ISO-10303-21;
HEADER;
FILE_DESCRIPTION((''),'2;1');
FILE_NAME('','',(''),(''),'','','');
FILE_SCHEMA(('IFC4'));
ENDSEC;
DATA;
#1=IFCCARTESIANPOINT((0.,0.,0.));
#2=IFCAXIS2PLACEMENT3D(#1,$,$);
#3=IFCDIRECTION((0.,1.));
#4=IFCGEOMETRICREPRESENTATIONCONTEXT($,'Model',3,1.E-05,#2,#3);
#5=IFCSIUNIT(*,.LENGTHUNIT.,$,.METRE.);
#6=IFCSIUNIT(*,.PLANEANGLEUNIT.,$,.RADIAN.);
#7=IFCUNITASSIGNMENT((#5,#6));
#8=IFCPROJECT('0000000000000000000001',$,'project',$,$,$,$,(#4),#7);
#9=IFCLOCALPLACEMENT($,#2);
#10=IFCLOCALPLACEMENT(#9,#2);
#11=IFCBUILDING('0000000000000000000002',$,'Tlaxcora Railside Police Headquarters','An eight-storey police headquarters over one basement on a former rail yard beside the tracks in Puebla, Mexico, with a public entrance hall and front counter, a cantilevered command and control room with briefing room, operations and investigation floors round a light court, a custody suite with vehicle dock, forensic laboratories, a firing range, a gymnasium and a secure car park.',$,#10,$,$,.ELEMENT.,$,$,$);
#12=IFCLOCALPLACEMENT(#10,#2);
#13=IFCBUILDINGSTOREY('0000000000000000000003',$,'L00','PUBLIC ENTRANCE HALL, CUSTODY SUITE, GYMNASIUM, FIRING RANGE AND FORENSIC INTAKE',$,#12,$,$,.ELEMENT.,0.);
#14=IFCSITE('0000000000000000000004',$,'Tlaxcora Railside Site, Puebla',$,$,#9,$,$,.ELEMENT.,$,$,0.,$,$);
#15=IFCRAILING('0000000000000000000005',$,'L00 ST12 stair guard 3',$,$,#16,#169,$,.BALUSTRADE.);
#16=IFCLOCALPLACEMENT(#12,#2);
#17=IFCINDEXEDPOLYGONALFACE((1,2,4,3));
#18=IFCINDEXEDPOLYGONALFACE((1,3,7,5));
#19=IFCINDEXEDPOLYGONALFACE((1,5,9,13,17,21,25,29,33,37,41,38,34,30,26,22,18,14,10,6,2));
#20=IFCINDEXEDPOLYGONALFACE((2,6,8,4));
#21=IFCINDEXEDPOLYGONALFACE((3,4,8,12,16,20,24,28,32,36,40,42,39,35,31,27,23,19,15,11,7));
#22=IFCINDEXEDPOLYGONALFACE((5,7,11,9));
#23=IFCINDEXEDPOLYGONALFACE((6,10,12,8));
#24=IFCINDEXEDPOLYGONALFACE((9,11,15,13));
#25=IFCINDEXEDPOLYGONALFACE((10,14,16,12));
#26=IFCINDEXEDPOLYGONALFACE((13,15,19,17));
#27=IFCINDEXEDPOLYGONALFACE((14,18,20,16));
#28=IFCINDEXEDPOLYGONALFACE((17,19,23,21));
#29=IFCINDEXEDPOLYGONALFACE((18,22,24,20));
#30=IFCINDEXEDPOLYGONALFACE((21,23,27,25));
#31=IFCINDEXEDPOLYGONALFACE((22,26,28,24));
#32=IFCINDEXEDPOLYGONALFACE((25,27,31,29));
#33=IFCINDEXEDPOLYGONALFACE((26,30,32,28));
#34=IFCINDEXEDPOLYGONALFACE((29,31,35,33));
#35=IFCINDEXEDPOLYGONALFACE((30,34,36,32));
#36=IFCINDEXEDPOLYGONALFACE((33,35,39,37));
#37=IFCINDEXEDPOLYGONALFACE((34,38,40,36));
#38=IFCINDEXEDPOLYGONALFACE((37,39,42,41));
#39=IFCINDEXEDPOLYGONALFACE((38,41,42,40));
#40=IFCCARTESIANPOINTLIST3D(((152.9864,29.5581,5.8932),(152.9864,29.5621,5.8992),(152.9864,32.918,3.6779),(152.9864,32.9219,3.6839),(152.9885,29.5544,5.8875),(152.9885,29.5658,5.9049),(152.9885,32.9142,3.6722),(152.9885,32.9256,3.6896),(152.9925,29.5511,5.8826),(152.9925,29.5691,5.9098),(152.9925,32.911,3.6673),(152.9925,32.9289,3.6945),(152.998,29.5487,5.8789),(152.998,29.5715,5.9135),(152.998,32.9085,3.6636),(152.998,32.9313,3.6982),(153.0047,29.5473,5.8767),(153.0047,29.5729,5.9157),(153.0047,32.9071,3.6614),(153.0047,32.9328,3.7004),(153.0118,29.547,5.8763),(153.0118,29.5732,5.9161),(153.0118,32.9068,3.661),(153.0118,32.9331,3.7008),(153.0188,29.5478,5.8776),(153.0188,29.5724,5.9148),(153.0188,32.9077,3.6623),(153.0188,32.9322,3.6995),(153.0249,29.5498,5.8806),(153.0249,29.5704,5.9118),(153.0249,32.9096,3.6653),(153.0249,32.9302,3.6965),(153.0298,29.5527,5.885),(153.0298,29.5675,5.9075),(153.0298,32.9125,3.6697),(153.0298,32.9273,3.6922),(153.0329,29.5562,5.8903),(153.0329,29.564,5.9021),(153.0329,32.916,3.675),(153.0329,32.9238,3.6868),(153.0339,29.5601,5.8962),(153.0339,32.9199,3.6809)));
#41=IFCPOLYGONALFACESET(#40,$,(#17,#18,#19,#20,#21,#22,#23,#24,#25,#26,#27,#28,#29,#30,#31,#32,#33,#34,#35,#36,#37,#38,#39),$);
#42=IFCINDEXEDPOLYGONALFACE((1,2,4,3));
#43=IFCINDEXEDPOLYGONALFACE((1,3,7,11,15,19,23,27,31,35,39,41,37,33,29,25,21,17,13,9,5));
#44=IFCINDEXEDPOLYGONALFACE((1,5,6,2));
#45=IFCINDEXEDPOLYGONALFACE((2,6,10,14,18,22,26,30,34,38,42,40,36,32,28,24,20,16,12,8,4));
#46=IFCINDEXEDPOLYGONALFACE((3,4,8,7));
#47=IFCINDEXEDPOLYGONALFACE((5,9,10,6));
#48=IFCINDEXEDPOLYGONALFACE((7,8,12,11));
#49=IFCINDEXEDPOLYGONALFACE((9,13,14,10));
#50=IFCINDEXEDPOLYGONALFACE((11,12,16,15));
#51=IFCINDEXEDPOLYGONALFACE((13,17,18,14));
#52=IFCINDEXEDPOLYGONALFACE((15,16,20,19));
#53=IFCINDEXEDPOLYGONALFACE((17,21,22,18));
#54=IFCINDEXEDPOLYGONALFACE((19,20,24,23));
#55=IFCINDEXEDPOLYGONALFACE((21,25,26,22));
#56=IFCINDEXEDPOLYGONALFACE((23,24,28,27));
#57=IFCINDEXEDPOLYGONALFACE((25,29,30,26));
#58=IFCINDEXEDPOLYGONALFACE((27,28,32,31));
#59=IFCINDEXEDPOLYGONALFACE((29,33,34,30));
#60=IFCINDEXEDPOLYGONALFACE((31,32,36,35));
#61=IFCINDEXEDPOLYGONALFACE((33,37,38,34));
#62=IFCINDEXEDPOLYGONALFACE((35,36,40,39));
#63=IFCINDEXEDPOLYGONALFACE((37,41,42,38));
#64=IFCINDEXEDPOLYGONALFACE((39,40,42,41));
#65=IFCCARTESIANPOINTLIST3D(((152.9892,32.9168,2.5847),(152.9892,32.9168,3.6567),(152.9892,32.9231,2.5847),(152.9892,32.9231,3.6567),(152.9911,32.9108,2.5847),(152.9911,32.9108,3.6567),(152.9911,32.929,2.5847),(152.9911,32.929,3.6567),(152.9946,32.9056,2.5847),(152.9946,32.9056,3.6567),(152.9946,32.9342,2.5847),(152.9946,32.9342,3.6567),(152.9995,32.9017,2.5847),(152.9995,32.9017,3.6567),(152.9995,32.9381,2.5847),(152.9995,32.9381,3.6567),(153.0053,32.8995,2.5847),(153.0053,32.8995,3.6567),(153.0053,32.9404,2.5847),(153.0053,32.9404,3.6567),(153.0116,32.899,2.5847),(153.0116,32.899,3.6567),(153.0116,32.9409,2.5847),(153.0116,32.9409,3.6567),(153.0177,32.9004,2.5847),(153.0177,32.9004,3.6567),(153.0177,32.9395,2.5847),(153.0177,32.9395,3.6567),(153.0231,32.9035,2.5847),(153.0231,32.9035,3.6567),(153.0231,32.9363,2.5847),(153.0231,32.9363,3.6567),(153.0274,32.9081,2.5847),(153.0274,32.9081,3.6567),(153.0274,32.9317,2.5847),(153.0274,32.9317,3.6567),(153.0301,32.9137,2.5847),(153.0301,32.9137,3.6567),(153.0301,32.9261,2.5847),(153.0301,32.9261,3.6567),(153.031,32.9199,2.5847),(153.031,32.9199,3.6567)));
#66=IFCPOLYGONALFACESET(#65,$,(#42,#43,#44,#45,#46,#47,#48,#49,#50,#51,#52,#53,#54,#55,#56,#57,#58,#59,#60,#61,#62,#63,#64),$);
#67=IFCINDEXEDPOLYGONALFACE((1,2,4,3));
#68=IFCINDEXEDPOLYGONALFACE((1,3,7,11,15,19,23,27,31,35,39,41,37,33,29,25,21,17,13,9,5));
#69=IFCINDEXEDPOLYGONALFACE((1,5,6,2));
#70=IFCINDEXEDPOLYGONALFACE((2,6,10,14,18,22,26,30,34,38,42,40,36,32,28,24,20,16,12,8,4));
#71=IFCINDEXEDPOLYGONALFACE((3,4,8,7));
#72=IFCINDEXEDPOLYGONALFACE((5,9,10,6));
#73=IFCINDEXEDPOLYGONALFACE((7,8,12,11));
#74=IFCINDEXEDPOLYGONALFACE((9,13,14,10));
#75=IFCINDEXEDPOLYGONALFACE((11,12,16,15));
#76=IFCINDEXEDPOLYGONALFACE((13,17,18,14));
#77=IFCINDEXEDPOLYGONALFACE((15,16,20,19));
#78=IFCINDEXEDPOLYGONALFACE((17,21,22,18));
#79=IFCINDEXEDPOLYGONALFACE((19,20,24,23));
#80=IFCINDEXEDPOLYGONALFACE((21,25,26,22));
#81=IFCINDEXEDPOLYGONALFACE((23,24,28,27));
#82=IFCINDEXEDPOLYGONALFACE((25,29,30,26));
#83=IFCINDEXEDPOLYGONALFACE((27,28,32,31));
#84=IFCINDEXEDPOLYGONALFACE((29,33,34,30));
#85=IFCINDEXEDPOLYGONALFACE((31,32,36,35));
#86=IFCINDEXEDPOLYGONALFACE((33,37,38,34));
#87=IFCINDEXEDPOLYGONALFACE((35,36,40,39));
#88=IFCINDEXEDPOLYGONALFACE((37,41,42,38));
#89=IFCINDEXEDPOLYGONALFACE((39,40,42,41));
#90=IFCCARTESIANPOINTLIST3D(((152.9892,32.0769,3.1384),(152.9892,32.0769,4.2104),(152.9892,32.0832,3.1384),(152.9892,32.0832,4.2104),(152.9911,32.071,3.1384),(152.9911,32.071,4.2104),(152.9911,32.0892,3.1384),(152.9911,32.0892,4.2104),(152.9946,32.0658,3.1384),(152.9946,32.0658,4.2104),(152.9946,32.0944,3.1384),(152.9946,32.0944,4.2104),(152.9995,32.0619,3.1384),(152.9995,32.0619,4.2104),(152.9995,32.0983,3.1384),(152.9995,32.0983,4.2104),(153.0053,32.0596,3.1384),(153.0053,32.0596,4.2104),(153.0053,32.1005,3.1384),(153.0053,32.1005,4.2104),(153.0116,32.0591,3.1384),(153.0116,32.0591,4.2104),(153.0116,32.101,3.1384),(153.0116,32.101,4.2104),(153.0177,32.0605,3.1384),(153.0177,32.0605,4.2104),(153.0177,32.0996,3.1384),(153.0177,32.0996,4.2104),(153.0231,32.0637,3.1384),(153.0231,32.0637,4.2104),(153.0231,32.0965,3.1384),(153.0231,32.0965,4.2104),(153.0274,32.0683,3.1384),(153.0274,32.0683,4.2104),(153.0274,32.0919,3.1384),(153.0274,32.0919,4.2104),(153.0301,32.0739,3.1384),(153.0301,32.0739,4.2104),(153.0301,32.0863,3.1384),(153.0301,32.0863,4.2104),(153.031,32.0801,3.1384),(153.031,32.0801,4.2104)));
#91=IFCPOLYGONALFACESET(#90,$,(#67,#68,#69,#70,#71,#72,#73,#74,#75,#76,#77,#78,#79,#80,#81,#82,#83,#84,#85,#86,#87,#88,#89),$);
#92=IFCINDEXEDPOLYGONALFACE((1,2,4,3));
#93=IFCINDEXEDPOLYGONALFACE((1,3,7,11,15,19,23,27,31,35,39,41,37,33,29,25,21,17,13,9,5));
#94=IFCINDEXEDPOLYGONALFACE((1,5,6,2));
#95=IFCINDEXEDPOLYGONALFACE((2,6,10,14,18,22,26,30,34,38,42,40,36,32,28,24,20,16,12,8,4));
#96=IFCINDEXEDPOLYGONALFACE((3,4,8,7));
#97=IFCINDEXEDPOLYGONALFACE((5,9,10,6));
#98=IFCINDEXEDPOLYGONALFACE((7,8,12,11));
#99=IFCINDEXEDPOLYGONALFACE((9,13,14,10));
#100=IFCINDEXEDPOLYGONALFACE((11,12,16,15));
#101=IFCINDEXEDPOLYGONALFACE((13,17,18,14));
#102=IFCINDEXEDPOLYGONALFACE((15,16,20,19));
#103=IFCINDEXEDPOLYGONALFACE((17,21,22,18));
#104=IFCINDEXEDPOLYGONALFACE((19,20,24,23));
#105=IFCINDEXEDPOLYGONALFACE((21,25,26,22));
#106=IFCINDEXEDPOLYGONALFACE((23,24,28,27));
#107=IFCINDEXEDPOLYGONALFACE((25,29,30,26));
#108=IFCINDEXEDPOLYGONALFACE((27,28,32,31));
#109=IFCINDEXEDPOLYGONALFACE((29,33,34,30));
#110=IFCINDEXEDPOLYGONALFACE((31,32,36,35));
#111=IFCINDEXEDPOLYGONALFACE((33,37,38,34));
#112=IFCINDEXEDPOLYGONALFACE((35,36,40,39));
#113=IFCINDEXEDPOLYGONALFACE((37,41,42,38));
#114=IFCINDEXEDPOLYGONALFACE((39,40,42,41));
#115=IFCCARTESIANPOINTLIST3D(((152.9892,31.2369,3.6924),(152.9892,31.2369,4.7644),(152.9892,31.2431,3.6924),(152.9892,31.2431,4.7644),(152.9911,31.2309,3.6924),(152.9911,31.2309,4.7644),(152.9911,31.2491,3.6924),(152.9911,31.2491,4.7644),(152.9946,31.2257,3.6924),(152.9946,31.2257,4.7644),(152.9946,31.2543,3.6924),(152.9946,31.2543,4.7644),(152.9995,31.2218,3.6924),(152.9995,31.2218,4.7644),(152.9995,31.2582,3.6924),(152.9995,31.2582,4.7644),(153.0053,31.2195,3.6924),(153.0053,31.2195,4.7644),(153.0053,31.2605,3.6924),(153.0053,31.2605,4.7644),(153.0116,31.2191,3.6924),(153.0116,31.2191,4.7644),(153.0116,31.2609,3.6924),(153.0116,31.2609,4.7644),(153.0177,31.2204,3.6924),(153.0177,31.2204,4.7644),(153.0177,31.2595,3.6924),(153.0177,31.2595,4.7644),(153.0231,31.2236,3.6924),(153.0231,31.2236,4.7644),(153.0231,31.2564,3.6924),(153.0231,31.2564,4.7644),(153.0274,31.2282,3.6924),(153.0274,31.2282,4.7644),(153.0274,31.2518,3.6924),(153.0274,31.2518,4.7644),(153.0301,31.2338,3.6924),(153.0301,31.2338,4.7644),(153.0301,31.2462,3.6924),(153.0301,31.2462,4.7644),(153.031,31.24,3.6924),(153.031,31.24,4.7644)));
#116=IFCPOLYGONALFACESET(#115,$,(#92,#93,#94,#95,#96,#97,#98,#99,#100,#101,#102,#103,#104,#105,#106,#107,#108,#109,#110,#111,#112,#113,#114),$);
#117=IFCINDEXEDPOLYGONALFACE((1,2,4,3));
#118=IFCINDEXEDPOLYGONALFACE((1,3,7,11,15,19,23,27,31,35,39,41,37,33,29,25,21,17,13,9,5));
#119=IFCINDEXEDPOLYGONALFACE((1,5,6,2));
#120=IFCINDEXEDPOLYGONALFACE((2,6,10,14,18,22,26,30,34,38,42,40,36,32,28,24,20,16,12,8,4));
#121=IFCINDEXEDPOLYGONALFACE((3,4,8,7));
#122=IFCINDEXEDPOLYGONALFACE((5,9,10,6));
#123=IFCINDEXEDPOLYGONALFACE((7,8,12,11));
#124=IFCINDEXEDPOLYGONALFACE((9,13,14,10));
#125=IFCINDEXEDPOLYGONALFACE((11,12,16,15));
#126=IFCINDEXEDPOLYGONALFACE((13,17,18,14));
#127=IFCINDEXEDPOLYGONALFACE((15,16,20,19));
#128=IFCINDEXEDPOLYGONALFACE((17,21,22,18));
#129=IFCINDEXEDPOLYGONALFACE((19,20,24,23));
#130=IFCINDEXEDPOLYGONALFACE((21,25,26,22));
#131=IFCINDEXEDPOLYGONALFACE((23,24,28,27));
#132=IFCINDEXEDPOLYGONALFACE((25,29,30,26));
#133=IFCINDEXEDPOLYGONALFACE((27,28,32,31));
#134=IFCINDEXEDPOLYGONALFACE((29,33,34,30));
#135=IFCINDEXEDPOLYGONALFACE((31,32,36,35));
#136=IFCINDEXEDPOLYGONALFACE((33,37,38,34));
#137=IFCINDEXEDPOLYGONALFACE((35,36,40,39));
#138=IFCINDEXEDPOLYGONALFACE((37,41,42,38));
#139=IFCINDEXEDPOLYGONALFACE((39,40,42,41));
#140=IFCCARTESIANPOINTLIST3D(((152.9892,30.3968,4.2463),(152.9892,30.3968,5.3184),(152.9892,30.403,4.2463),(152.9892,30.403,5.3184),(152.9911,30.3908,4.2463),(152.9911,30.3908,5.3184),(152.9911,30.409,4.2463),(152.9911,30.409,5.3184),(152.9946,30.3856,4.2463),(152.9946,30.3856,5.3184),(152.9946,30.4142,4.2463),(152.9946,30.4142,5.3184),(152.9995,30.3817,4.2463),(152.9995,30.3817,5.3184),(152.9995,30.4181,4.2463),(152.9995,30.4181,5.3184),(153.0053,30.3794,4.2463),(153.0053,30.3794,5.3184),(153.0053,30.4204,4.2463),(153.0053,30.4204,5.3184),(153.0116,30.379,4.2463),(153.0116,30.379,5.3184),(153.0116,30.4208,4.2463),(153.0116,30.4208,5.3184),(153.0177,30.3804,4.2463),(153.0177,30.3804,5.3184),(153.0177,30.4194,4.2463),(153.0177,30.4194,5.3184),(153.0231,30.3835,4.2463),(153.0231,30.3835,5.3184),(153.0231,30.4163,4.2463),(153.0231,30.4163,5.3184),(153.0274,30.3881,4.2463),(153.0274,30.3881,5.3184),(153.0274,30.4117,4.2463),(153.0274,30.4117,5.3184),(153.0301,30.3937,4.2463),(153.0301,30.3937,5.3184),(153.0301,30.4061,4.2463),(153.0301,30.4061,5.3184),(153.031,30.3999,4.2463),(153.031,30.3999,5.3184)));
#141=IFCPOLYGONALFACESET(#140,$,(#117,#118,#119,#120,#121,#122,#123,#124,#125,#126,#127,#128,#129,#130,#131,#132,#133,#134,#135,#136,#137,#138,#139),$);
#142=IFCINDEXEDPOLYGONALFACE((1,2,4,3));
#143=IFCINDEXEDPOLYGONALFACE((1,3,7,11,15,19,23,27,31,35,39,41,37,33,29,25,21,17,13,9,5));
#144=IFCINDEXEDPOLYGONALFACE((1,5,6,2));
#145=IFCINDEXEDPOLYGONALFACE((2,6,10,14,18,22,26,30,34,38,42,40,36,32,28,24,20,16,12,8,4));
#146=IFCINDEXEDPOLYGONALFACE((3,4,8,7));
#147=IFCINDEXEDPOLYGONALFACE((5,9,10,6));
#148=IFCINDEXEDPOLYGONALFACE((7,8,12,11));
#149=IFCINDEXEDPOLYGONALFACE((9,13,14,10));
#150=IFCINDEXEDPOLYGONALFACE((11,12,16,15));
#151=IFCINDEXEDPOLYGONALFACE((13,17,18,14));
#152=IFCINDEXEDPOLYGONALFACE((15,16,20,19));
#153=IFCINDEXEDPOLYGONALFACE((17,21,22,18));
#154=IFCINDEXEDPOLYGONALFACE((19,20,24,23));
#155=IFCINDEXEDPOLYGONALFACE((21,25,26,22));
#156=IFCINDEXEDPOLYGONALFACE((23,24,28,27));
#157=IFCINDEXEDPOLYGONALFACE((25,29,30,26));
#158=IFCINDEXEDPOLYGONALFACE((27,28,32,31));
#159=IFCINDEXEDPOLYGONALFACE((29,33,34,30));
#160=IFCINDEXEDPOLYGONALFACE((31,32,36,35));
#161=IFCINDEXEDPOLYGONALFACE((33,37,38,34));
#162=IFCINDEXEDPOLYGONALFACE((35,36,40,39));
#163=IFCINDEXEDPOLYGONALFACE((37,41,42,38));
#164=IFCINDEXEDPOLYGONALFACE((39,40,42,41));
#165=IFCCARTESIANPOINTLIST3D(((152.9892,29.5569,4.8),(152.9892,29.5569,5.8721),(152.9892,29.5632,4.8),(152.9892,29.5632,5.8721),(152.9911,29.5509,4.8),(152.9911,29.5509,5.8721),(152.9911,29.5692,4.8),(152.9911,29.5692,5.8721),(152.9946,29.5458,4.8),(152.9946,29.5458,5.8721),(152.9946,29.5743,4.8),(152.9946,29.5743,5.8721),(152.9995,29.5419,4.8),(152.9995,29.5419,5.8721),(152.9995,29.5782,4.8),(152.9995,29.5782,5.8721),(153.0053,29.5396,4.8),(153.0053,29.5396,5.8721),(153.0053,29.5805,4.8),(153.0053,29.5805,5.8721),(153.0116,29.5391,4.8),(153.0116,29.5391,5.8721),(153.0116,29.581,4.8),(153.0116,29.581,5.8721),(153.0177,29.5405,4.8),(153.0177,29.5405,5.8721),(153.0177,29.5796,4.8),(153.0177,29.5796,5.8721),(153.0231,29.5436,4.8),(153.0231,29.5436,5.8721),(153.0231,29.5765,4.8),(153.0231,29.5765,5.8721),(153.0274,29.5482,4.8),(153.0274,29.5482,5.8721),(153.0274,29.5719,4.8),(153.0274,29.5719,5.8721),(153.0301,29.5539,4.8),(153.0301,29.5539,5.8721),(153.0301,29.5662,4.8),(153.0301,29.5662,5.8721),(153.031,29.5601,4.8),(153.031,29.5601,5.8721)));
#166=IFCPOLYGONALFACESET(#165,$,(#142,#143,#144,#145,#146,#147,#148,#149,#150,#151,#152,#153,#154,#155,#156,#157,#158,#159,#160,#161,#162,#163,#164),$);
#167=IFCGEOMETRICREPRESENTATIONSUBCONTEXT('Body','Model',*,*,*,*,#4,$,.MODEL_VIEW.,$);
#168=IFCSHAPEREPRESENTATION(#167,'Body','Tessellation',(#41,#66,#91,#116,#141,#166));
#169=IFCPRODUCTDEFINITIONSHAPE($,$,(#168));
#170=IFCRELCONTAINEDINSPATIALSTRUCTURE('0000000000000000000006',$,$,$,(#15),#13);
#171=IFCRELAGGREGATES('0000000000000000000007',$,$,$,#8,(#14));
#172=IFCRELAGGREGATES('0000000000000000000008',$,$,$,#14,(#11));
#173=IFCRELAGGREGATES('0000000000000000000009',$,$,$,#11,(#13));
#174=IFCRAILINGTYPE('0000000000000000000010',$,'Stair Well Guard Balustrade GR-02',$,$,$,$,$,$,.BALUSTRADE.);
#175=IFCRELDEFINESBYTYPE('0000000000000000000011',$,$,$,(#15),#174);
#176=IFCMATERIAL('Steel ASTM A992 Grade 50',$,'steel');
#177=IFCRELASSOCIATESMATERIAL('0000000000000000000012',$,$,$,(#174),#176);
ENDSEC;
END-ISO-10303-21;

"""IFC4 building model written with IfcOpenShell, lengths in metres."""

from ifc_helpers import new_model, si_unit, direction, frame, origin, origin_2d, place, context, subcontext, project, spatial, circle, extrude, material, type_object, element, save


model = new_model("IFC4")

# Units and contexts
model_context = context("Model", 3, precision=1e-05, world=origin(), true_north=direction((0.0, 1.0)))
body_context = subcontext(model_context, "Body", "Model", "MODEL_VIEW")
ifc_project = project(units=[si_unit("LENGTHUNIT", "METRE"), si_unit("PLANEANGLEUNIT", "RADIAN")], contexts=[model_context])

# Site, building, storey
site_placement = place(None, origin())
site = spatial("IfcSite", under=ifc_project, at=site_placement, Name="Tlaxcora Railside Site, Puebla", CompositionType="ELEMENT", RefElevation=0.0)
building_placement = place(site_placement, origin())
building = spatial("IfcBuilding", under=site, at=building_placement, Name="Tlaxcora Railside Police Headquarters", Description="An eight-storey police headquarters over one basement on a former rail yard beside the tracks in Puebla, Mexico, with a public entrance hall and front counter, a cantilevered command and control room with briefing room, operations and investigation floors round a light court, a custody suite with vehicle dock, forensic laboratories, a firing range, a gymnasium and a secure car park.", CompositionType="ELEMENT")
storey_placement = place(building_placement, origin())
storey = spatial("IfcBuildingStorey", under=building, at=storey_placement, Name="L00", Description="PUBLIC ENTRANCE HALL, CUSTODY SUITE, GYMNASIUM, FIRING RANGE AND FORENSIC INTAKE", CompositionType="ELEMENT", Elevation=0.0)

# Shared definitions
ifc_material_1 = material(Name="Steel ASTM A992 Grade 50", Category="steel")

# Railing
railing_type_1 = type_object("IfcRailingType", Name="Stair Well Guard Balustrade GR-02", PredefinedType="BALUSTRADE", material=ifc_material_1)
railing_1_placement = place(storey_placement, frame((153.01, 32.9199, 2.5847)))
element("IfcRailing", 1, at=railing_1_placement, inside=storey, type_object=railing_type_1, Name="L00 ST12 stair guard 3", PredefinedType="BALUSTRADE", context=body_context, shape_type="SweptSolid", body=[
    extrude(circle(Radius=0.0239, at=origin_2d()), frame((0.0, 0.0, 1.0962), z_axis=(0.0, -0.834858, 0.550465), x_axis=(1.0, 0.0, 0.0)), (0.0, 0.0, 1.0), 4.0244),
    extrude(circle(Radius=0.021, at=origin_2d()), origin(), (0.0, 0.0, 1.0), 1.072),
    extrude(circle(Radius=0.021, at=origin_2d()), frame((0.0, -0.8398, 0.5537)), (0.0, 0.0, 1.0), 1.072),
    extrude(circle(Radius=0.021, at=origin_2d()), frame((0.0, -1.6799, 1.1077)), (0.0, 0.0, 1.0), 1.072),
    extrude(circle(Radius=0.021, at=origin_2d()), frame((0.0, -2.52, 1.6616)), (0.0, 0.0, 1.0), 1.072),
    extrude(circle(Radius=0.021, at=origin_2d()), frame((0.0, -3.3599, 2.2153)), (0.0, 0.0, 1.0), 1.072),
])

save(model, "model.ifc")
